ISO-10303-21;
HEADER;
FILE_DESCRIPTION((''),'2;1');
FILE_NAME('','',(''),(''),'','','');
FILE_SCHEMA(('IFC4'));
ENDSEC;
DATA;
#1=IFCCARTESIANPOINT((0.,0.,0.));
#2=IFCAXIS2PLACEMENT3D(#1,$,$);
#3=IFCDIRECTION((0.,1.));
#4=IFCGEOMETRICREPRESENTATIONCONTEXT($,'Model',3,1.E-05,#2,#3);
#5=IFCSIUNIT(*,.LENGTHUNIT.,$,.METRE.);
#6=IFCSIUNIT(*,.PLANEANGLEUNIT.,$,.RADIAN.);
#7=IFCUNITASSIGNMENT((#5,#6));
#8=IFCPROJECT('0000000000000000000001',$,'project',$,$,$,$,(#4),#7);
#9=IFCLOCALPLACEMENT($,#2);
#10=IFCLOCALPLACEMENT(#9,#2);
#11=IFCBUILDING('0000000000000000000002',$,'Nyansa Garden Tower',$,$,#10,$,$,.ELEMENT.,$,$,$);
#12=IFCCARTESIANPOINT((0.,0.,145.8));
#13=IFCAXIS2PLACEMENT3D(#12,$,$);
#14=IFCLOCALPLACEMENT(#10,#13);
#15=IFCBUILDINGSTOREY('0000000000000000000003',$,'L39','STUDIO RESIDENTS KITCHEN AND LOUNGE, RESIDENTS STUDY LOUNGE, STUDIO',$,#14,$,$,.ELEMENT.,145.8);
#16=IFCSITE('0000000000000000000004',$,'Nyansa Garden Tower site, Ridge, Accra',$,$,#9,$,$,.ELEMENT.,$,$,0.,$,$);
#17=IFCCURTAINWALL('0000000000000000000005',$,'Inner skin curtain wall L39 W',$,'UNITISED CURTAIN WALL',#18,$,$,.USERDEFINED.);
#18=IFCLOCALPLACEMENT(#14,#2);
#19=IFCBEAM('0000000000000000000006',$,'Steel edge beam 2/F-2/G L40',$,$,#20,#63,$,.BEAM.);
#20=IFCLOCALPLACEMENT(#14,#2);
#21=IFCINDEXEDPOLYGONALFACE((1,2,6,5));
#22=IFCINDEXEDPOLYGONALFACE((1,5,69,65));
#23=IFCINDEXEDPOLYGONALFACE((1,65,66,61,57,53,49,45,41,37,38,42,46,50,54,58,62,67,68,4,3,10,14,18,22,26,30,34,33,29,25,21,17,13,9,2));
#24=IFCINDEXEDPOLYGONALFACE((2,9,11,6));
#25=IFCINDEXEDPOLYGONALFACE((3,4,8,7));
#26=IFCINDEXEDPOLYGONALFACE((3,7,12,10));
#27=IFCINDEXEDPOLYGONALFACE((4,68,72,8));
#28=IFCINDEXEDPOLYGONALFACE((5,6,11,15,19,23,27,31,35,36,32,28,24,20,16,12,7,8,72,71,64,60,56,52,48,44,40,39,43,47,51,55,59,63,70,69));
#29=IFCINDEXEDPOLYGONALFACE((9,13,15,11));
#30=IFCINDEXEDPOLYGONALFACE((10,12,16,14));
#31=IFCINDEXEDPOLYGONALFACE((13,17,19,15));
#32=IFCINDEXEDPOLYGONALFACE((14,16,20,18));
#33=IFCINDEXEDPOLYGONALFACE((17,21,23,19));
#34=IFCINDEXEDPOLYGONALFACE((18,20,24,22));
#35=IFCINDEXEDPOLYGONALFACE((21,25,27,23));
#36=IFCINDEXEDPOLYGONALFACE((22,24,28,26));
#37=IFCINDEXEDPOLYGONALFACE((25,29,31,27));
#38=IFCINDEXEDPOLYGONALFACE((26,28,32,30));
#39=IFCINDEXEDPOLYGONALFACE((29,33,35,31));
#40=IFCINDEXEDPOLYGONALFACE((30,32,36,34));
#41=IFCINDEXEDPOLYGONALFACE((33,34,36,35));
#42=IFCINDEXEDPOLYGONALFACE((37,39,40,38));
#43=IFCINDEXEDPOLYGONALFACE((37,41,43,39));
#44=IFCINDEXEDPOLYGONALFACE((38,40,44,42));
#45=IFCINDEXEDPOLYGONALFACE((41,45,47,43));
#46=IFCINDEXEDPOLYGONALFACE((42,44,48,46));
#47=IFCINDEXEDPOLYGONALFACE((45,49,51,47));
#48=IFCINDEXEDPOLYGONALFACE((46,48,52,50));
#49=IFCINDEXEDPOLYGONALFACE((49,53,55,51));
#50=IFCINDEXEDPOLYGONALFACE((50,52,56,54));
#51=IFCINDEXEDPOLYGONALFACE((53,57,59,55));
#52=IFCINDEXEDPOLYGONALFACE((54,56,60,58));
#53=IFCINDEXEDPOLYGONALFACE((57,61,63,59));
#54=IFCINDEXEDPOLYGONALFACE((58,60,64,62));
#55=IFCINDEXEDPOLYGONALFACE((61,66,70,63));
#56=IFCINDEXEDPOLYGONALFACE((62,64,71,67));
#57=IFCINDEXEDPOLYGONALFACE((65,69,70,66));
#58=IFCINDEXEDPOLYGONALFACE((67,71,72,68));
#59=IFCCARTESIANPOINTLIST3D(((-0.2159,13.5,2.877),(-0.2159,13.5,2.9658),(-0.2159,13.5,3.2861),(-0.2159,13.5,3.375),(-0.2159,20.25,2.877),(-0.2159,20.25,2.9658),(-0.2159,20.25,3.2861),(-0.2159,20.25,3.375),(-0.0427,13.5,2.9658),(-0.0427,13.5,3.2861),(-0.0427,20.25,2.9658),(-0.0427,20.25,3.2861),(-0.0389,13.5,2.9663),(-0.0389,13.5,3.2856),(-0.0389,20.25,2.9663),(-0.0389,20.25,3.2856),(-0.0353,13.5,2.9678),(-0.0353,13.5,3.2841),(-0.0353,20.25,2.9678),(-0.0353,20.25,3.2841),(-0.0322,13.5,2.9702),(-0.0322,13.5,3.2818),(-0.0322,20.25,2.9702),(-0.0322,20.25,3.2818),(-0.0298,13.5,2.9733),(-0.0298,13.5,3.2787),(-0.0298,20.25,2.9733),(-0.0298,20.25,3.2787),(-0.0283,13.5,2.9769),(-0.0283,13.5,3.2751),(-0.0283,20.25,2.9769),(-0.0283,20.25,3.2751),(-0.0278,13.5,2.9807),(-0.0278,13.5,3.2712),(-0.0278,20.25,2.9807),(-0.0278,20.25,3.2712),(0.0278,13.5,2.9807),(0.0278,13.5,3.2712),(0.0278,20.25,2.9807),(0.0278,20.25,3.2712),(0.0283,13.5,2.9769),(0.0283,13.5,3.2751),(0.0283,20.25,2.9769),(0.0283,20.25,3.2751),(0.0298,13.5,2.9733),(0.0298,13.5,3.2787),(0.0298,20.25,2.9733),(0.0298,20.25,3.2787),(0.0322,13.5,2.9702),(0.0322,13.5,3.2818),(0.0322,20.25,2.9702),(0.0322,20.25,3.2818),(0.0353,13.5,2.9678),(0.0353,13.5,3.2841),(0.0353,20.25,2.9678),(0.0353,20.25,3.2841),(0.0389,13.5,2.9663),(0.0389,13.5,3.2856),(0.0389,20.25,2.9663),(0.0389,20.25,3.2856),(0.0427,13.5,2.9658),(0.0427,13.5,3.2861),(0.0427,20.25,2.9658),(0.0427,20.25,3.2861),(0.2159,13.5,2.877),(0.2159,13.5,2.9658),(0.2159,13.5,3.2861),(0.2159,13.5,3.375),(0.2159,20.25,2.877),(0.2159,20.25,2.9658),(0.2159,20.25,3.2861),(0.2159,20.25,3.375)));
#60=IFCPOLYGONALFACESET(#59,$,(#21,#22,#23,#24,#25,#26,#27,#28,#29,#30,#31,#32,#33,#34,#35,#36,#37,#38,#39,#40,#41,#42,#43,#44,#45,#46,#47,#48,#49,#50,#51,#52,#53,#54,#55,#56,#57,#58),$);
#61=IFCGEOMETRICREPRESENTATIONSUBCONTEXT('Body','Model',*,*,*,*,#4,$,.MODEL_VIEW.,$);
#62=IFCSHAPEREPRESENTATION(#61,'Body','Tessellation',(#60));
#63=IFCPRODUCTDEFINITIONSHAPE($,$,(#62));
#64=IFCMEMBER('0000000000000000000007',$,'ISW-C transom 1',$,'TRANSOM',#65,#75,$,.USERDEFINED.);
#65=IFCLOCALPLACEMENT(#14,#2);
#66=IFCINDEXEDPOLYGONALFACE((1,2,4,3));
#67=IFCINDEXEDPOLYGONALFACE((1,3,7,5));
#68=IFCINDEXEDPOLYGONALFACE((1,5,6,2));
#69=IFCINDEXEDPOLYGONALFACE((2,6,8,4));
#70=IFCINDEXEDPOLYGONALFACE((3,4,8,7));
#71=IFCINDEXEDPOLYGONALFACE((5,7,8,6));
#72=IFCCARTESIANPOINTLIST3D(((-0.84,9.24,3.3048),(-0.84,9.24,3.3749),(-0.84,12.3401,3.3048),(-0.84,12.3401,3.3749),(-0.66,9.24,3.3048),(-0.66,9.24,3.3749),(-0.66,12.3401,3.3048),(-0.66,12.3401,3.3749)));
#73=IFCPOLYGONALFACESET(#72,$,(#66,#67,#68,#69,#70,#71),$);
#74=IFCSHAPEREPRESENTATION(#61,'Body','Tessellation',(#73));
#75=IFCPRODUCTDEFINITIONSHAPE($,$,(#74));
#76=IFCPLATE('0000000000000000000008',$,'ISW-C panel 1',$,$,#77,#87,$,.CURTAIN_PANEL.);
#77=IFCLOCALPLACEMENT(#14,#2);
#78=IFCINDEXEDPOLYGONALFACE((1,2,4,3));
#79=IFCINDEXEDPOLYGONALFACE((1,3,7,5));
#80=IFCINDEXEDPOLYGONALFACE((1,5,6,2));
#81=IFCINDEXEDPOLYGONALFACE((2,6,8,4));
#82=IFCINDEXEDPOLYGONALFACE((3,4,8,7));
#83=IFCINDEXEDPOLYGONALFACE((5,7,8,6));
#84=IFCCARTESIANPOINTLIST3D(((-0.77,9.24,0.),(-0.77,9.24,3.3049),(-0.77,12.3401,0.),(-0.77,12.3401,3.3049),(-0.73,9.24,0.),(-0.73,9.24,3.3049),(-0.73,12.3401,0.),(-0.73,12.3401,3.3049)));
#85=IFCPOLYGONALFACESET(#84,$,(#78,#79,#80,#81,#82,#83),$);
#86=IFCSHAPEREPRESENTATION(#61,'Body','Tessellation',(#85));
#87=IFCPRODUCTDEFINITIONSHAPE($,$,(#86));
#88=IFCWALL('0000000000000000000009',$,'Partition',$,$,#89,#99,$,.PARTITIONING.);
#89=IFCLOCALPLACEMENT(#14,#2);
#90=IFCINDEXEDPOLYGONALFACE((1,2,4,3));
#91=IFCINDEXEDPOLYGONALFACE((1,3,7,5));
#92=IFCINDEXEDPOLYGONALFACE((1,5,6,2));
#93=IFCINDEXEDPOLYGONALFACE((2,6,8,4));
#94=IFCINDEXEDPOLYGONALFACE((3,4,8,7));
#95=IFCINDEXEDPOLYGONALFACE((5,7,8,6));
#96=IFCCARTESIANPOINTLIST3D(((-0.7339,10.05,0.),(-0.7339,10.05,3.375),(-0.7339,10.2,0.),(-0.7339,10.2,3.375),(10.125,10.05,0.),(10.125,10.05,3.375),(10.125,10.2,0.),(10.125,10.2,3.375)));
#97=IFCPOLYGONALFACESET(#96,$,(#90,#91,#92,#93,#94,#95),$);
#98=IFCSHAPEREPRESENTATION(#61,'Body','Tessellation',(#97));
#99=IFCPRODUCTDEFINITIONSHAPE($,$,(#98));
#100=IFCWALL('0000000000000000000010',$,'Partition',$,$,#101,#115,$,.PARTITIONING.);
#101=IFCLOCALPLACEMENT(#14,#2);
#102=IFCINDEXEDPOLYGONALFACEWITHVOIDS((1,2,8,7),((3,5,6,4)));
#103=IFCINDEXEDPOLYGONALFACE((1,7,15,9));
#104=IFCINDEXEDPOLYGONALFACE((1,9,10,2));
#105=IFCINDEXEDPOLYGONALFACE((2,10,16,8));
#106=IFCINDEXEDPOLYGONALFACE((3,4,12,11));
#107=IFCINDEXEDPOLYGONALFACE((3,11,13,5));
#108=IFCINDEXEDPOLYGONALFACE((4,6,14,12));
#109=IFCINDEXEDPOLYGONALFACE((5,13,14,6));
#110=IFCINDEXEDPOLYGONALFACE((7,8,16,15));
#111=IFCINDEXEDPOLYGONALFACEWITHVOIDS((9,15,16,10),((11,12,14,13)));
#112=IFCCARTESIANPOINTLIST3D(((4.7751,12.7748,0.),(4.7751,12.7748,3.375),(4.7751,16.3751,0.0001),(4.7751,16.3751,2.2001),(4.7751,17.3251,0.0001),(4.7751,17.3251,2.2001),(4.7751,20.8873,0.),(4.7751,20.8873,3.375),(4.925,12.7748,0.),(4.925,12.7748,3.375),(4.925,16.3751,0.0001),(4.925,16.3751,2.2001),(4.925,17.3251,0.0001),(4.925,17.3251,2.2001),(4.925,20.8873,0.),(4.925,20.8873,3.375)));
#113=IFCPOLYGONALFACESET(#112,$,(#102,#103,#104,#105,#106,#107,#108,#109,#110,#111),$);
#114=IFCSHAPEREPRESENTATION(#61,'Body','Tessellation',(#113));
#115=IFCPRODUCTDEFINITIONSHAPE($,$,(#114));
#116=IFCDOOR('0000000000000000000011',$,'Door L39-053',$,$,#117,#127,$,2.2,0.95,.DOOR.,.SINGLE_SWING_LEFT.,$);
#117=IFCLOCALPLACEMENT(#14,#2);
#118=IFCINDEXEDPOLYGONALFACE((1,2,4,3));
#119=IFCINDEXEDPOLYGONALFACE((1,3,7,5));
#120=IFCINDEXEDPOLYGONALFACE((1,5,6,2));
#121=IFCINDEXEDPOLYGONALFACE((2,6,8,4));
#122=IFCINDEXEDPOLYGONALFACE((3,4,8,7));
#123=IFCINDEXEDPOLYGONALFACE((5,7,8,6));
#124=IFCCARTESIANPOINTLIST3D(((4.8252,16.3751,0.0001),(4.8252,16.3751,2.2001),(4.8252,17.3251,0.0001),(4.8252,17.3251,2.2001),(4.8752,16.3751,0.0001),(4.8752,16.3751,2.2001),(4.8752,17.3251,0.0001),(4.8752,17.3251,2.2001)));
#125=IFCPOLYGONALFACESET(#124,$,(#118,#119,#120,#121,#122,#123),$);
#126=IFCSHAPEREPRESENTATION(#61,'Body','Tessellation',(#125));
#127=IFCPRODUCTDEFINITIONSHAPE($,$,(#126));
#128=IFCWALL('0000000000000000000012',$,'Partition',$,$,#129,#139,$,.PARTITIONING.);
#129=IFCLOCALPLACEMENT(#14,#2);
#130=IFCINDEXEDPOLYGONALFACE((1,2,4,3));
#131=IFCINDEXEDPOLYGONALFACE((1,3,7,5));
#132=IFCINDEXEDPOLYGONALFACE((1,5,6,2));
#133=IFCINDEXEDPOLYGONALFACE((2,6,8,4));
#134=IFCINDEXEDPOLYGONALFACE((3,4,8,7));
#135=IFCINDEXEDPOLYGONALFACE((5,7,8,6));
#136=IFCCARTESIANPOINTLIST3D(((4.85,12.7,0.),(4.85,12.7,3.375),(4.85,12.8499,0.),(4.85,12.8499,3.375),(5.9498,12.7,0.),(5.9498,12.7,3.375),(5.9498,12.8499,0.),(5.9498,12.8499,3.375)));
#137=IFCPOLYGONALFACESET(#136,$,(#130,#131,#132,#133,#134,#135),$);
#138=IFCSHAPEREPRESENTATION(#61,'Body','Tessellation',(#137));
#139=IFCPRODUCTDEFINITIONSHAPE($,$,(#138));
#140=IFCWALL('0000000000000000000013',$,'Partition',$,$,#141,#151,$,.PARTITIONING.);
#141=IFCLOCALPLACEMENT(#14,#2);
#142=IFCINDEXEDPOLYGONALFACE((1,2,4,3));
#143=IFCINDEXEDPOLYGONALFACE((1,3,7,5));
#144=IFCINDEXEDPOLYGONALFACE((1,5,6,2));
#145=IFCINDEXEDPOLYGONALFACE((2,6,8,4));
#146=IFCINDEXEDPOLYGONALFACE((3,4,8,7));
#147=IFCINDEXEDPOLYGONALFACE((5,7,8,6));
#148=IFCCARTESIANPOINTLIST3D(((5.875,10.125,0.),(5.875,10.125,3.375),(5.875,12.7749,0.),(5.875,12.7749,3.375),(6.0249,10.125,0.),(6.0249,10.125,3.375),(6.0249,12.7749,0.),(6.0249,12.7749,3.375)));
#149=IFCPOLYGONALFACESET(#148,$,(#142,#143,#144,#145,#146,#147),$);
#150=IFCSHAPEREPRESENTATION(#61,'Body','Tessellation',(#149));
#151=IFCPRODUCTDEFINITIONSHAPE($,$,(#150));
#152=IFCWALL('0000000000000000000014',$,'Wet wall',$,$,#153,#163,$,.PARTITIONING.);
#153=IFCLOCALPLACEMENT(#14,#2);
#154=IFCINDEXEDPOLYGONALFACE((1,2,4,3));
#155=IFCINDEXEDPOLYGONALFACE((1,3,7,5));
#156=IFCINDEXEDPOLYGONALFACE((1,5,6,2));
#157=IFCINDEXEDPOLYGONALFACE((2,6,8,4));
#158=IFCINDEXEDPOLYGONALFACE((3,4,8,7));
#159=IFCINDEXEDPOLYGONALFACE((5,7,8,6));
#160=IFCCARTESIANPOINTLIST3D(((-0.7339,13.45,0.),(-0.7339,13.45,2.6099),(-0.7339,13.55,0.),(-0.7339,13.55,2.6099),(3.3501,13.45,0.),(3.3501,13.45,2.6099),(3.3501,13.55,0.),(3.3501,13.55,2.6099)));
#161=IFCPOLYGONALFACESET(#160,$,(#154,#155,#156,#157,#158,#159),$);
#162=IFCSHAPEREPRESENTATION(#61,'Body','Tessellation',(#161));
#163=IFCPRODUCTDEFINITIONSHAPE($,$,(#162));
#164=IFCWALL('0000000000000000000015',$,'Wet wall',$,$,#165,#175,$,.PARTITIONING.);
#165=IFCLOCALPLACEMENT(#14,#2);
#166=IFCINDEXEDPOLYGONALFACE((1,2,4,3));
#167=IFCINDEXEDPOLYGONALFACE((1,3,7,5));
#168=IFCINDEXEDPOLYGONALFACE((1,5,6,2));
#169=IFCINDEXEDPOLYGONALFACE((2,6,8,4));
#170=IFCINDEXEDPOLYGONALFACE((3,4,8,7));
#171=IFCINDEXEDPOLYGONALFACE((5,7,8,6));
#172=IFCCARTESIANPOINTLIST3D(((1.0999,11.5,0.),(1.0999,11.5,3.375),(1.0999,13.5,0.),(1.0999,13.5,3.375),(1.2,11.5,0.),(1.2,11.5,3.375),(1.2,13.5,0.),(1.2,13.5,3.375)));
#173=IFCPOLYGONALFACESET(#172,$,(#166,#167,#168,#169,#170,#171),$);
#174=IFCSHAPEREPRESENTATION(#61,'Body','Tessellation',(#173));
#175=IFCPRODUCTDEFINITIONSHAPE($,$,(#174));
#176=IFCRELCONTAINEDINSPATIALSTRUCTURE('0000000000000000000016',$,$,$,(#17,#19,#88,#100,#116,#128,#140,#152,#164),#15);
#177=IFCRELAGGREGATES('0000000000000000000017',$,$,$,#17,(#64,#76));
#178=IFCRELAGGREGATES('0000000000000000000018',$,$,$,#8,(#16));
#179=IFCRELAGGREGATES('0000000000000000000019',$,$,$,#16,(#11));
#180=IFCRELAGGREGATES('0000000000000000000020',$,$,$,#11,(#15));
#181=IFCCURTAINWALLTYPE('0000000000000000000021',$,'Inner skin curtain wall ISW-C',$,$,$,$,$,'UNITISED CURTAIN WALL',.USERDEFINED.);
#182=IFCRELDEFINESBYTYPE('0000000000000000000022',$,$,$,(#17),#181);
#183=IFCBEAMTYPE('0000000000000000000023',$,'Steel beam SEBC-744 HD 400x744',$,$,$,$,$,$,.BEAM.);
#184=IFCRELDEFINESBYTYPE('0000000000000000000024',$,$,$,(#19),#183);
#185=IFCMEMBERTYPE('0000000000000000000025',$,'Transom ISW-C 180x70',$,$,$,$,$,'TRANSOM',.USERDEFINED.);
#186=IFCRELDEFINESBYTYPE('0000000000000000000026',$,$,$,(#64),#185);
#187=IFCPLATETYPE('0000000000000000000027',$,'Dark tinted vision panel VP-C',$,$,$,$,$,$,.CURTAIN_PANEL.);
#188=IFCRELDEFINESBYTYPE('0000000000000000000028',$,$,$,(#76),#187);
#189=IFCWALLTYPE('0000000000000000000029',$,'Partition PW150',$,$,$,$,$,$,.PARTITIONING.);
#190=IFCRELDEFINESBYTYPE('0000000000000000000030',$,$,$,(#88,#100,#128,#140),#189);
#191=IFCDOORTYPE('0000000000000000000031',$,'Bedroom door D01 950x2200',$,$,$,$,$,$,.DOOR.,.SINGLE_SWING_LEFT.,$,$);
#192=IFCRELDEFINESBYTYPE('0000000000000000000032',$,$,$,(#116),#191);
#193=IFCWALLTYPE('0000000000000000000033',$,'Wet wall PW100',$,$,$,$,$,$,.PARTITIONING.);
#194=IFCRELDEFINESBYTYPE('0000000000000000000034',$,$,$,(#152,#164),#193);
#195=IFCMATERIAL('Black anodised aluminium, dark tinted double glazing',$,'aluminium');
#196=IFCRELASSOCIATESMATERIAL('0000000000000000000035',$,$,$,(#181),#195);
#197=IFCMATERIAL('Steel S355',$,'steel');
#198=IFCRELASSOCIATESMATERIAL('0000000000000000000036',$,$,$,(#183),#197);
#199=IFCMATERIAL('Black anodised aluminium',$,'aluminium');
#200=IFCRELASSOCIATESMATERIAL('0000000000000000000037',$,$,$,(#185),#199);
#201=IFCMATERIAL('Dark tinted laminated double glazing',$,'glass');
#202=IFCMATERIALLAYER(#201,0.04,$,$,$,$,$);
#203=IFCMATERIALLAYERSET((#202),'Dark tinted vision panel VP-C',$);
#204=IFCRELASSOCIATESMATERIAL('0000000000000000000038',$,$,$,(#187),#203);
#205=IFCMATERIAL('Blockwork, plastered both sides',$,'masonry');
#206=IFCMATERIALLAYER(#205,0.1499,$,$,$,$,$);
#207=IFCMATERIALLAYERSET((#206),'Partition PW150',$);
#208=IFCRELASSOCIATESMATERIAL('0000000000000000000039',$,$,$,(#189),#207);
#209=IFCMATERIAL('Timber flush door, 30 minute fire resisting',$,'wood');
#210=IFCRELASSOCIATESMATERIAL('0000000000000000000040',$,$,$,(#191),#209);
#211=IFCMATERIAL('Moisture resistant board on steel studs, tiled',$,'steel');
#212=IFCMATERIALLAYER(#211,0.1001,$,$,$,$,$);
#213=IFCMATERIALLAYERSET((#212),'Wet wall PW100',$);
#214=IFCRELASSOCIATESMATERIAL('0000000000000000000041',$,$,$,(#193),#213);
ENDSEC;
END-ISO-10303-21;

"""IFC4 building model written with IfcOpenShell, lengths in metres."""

from ifc_helpers import new_model, si_unit, direction, frame, frame_2d, origin, origin_2d, place, context, subcontext, project, spatial, rectangle, i_section, extrude, material, layer, layer_set, material_profile, profile_set, type_object, element, fill, aggregate, save


model = new_model("IFC4")

# Units and contexts
model_context = context("Model", 3, precision=1e-05, world=origin(), true_north=direction((0.0, 1.0)))
body_context = subcontext(model_context, "Body", "Model", "MODEL_VIEW")
ifc_project = project(units=[si_unit("LENGTHUNIT", "METRE"), si_unit("PLANEANGLEUNIT", "RADIAN")], contexts=[model_context])

# Site, building, storey
site_placement = place(None, origin())
site = spatial("IfcSite", under=ifc_project, at=site_placement, Name="Nyansa Garden Tower site, Ridge, Accra", CompositionType="ELEMENT", RefElevation=0.0)
building_placement = place(site_placement, origin())
building = spatial("IfcBuilding", under=site, at=building_placement, Name="Nyansa Garden Tower", CompositionType="ELEMENT")
storey_placement = place(building_placement, frame((0.0, 0.0, 145.8)))
storey = spatial("IfcBuildingStorey", under=building, at=storey_placement, Name="L39", Description="STUDIO RESIDENTS KITCHEN AND LOUNGE, RESIDENTS STUDY LOUNGE, STUDIO", CompositionType="ELEMENT", Elevation=145.8)

# Curtain wall
ifc_material_1 = material(Name="Black anodised aluminium, dark tinted double glazing", Category="aluminium")
curtain_wall_type = type_object("IfcCurtainWallType", Name="Inner skin curtain wall ISW-C", ElementType="UNITISED CURTAIN WALL", PredefinedType="USERDEFINED", material=ifc_material_1)
curtain_wall_placement = place(storey_placement, origin())
curtain_wall = element("IfcCurtainWall", 1, at=curtain_wall_placement, inside=storey, type_object=curtain_wall_type, Name="Inner skin curtain wall L39 W", ObjectType="UNITISED CURTAIN WALL", PredefinedType="USERDEFINED")

# Beam
ifc_material_2 = material(Name="Steel S355", Category="steel")
ifc_material_profile_1 = material_profile(ifc_material_2, i_section(OverallWidth=0.4319, OverallDepth=0.498, WebThickness=0.0557, FlangeThickness=0.0889, FilletRadius=0.0149, at=origin_2d()), Name="HD 400x744")
ifc_profile_set_1 = profile_set([ifc_material_profile_1], Name="Steel S355")
beam_type_1 = type_object("IfcBeamType", Name="Steel beam SEBC-744 HD 400x744", PredefinedType="BEAM", material=ifc_profile_set_1)
beam_1_placement = place(storey_placement, frame((0.0, 13.5, 3.126), z_axis=(0.0, 1.0, 0.0), x_axis=(-1.0, 0.0, 0.0)))
element("IfcBeam", 2, at=beam_1_placement, inside=storey, type_object=beam_type_1, Name="Steel edge beam 2/F-2/G L40", PredefinedType="BEAM", context=body_context, shape_type="SweptSolid", body=[
    extrude(i_section(OverallWidth=0.4319, OverallDepth=0.498, WebThickness=0.0557, FlangeThickness=0.0889, FilletRadius=0.0149, at=origin_2d()), origin(), (0.0, 0.0, 1.0), 6.75),
])

# Member
ifc_material_3 = material(Name="Black anodised aluminium", Category="aluminium")
ifc_material_profile_2 = material_profile(ifc_material_3, rectangle(XDim=0.1799, YDim=0.0701, at=origin_2d()), Name="Transom 180x70")
ifc_profile_set_2 = profile_set([ifc_material_profile_2], Name="Black anodised aluminium")
member_type_1 = type_object("IfcMemberType", Name="Transom ISW-C 180x70", ElementType="TRANSOM", PredefinedType="USERDEFINED", material=ifc_profile_set_2)
member_1_placement = place(storey_placement, frame((-0.75, 12.3401, 3.3398), z_axis=(0.0, -1.0, 0.0), x_axis=(1.0, 0.0, 0.0)))
member_1 = element("IfcMember", 3, at=member_1_placement, type_object=member_type_1, Name="ISW-C transom 1", ObjectType="TRANSOM", PredefinedType="USERDEFINED", context=body_context, shape_type="SweptSolid", body=[
    extrude(rectangle(XDim=0.1799, YDim=0.0701, at=origin_2d()), origin(), (0.0, 0.0, 1.0), 3.1001),
])

# Plate
ifc_material_4 = material(Name="Dark tinted laminated double glazing", Category="glass")
ifc_layer_1 = layer(ifc_material_4, 0.04)
ifc_layer_set_1 = layer_set([ifc_layer_1], Name="Dark tinted vision panel VP-C")
plate_type = type_object("IfcPlateType", Name="Dark tinted vision panel VP-C", PredefinedType="CURTAIN_PANEL", material=ifc_layer_set_1)
plate_placement = place(storey_placement, frame((-0.75, 10.79, 0.0), z_axis=(0.0, 0.0, 1.0), x_axis=(0.0, -1.0, 0.0)))
plate = element("IfcPlate", 4, at=plate_placement, type_object=plate_type, Name="ISW-C panel 1", PredefinedType="CURTAIN_PANEL", context=body_context, shape_type="SweptSolid", body=[
    extrude(rectangle(XDim=3.1001, YDim=0.04, at=origin_2d()), origin(), (0.0, 0.0, 1.0), 3.3049),
])
aggregate(curtain_wall, [member_1, plate])

# Wall
ifc_material_5 = material(Name="Blockwork, plastered both sides", Category="masonry")
ifc_layer_2 = layer(ifc_material_5, 0.1499)
ifc_layer_set_2 = layer_set([ifc_layer_2], Name="Partition PW150")
wall_type_1 = type_object("IfcWallType", Name="Partition PW150", PredefinedType="PARTITIONING", material=ifc_layer_set_2)
wall_1_placement = place(storey_placement, frame((-0.7339, 10.125, 0.0), z_axis=(0.0, 0.0, 1.0), x_axis=(1.0, 0.0, 0.0)))
element("IfcWall", 5, at=wall_1_placement, inside=storey, type_object=wall_type_1, Name="Partition", PredefinedType="PARTITIONING", context=body_context, shape_type="SweptSolid", body=[
    extrude(rectangle(XDim=10.8589, YDim=0.1499, at=frame_2d((5.4294, 0.0))), origin(), (0.0, 0.0, 1.0), 3.375),
])

# Wall, opening, door
wall_2_placement = place(storey_placement, frame((4.8501, 12.7749, 0.0), z_axis=(0.0, 0.0, 1.0), x_axis=(0.0, 1.0, 0.0)))
wall_2 = element("IfcWall", 6, at=wall_2_placement, inside=storey, type_object=wall_type_1, Name="Partition", PredefinedType="PARTITIONING", context=body_context, shape_type="SweptSolid", body=[
    extrude(rectangle(XDim=8.1125, YDim=0.1499, at=frame_2d((4.0562, 0.0))), origin(), (0.0, 0.0, 1.0), 3.375),
])
opening_1_placement = place(wall_2_placement, frame((3.6001, 0.0, 0.0)))
opening_1 = element("IfcOpeningElement", 7, at=opening_1_placement, cuts=wall_2, PredefinedType="OPENING", context=body_context, shape_type="SweptSolid", body=[
    extrude(rectangle(XDim=0.95, YDim=2.2, at=frame_2d((0.4751, 1.1001))), frame((0.0, 0.085, 0.0), z_axis=(0.0, -1.0, 0.0), x_axis=(1.0, 0.0, 0.0)), (0.0, 0.0, 1.0), 0.1699),
])
ifc_material_6 = material(Name="Timber flush door, 30 minute fire resisting", Category="wood")
door_type_1 = type_object("IfcDoorType", Name="Bedroom door D01 950x2200", OperationType="SINGLE_SWING_LEFT", PredefinedType="DOOR", material=ifc_material_6)
door_1_placement = place(opening_1_placement, origin())
door_1 = element("IfcDoor", 8, at=door_1_placement, inside=storey, type_object=door_type_1, Name="Door L39-053", OperationType="SINGLE_SWING_LEFT", OverallHeight=2.2, OverallWidth=0.95, PredefinedType="DOOR", context=body_context, shape_type="SweptSolid", body=[
    extrude(rectangle(XDim=0.95, YDim=2.2, at=frame_2d((0.4751, 1.1001))), frame((0.0, 0.0249, 0.0), z_axis=(0.0, -1.0, 0.0), x_axis=(1.0, 0.0, 0.0)), (0.0, 0.0, 1.0), 0.05),
])
fill(opening_1, door_1)

# Walls
wall_3_placement = place(storey_placement, frame((4.8501, 12.7749, 0.0), z_axis=(0.0, 0.0, 1.0), x_axis=(1.0, 0.0, 0.0)))
element("IfcWall", 9, at=wall_3_placement, inside=storey, type_object=wall_type_1, Name="Partition", PredefinedType="PARTITIONING", context=body_context, shape_type="SweptSolid", body=[
    extrude(rectangle(XDim=1.0999, YDim=0.1499, at=frame_2d((0.5498, 0.0))), origin(), (0.0, 0.0, 1.0), 3.375),
])
wall_4_placement = place(storey_placement, frame((5.95, 10.125, 0.0), z_axis=(0.0, 0.0, 1.0), x_axis=(0.0, 1.0, 0.0)))
element("IfcWall", 10, at=wall_4_placement, inside=storey, type_object=wall_type_1, Name="Partition", PredefinedType="PARTITIONING", context=body_context, shape_type="SweptSolid", body=[
    extrude(rectangle(XDim=2.6499, YDim=0.1499, at=frame_2d((1.325, 0.0))), origin(), (0.0, 0.0, 1.0), 3.375),
])
ifc_material_7 = material(Name="Moisture resistant board on steel studs, tiled", Category="steel")
ifc_layer_3 = layer(ifc_material_7, 0.1001)
ifc_layer_set_3 = layer_set([ifc_layer_3], Name="Wet wall PW100")
wall_type_2 = type_object("IfcWallType", Name="Wet wall PW100", PredefinedType="PARTITIONING", material=ifc_layer_set_3)
wall_5_placement = place(storey_placement, frame((-0.7339, 13.5, 0.0), z_axis=(0.0, 0.0, 1.0), x_axis=(1.0, 0.0, 0.0)))
element("IfcWall", 11, at=wall_5_placement, inside=storey, type_object=wall_type_2, Name="Wet wall", PredefinedType="PARTITIONING", context=body_context, shape_type="SweptSolid", body=[
    extrude(rectangle(XDim=4.084, YDim=0.1001, at=frame_2d((2.042, 0.0))), origin(), (0.0, 0.0, 1.0), 2.6099),
])
wall_6_placement = place(storey_placement, frame((1.1499, 11.5, 0.0), z_axis=(0.0, 0.0, 1.0), x_axis=(0.0, 1.0, 0.0)))
element("IfcWall", 12, at=wall_6_placement, inside=storey, type_object=wall_type_2, Name="Wet wall", PredefinedType="PARTITIONING", context=body_context, shape_type="SweptSolid", body=[
    extrude(rectangle(XDim=2.0, YDim=0.1001, at=frame_2d((1.0, 0.0))), origin(), (0.0, 0.0, 1.0), 3.375),
])

save(model, "model.ifc")
